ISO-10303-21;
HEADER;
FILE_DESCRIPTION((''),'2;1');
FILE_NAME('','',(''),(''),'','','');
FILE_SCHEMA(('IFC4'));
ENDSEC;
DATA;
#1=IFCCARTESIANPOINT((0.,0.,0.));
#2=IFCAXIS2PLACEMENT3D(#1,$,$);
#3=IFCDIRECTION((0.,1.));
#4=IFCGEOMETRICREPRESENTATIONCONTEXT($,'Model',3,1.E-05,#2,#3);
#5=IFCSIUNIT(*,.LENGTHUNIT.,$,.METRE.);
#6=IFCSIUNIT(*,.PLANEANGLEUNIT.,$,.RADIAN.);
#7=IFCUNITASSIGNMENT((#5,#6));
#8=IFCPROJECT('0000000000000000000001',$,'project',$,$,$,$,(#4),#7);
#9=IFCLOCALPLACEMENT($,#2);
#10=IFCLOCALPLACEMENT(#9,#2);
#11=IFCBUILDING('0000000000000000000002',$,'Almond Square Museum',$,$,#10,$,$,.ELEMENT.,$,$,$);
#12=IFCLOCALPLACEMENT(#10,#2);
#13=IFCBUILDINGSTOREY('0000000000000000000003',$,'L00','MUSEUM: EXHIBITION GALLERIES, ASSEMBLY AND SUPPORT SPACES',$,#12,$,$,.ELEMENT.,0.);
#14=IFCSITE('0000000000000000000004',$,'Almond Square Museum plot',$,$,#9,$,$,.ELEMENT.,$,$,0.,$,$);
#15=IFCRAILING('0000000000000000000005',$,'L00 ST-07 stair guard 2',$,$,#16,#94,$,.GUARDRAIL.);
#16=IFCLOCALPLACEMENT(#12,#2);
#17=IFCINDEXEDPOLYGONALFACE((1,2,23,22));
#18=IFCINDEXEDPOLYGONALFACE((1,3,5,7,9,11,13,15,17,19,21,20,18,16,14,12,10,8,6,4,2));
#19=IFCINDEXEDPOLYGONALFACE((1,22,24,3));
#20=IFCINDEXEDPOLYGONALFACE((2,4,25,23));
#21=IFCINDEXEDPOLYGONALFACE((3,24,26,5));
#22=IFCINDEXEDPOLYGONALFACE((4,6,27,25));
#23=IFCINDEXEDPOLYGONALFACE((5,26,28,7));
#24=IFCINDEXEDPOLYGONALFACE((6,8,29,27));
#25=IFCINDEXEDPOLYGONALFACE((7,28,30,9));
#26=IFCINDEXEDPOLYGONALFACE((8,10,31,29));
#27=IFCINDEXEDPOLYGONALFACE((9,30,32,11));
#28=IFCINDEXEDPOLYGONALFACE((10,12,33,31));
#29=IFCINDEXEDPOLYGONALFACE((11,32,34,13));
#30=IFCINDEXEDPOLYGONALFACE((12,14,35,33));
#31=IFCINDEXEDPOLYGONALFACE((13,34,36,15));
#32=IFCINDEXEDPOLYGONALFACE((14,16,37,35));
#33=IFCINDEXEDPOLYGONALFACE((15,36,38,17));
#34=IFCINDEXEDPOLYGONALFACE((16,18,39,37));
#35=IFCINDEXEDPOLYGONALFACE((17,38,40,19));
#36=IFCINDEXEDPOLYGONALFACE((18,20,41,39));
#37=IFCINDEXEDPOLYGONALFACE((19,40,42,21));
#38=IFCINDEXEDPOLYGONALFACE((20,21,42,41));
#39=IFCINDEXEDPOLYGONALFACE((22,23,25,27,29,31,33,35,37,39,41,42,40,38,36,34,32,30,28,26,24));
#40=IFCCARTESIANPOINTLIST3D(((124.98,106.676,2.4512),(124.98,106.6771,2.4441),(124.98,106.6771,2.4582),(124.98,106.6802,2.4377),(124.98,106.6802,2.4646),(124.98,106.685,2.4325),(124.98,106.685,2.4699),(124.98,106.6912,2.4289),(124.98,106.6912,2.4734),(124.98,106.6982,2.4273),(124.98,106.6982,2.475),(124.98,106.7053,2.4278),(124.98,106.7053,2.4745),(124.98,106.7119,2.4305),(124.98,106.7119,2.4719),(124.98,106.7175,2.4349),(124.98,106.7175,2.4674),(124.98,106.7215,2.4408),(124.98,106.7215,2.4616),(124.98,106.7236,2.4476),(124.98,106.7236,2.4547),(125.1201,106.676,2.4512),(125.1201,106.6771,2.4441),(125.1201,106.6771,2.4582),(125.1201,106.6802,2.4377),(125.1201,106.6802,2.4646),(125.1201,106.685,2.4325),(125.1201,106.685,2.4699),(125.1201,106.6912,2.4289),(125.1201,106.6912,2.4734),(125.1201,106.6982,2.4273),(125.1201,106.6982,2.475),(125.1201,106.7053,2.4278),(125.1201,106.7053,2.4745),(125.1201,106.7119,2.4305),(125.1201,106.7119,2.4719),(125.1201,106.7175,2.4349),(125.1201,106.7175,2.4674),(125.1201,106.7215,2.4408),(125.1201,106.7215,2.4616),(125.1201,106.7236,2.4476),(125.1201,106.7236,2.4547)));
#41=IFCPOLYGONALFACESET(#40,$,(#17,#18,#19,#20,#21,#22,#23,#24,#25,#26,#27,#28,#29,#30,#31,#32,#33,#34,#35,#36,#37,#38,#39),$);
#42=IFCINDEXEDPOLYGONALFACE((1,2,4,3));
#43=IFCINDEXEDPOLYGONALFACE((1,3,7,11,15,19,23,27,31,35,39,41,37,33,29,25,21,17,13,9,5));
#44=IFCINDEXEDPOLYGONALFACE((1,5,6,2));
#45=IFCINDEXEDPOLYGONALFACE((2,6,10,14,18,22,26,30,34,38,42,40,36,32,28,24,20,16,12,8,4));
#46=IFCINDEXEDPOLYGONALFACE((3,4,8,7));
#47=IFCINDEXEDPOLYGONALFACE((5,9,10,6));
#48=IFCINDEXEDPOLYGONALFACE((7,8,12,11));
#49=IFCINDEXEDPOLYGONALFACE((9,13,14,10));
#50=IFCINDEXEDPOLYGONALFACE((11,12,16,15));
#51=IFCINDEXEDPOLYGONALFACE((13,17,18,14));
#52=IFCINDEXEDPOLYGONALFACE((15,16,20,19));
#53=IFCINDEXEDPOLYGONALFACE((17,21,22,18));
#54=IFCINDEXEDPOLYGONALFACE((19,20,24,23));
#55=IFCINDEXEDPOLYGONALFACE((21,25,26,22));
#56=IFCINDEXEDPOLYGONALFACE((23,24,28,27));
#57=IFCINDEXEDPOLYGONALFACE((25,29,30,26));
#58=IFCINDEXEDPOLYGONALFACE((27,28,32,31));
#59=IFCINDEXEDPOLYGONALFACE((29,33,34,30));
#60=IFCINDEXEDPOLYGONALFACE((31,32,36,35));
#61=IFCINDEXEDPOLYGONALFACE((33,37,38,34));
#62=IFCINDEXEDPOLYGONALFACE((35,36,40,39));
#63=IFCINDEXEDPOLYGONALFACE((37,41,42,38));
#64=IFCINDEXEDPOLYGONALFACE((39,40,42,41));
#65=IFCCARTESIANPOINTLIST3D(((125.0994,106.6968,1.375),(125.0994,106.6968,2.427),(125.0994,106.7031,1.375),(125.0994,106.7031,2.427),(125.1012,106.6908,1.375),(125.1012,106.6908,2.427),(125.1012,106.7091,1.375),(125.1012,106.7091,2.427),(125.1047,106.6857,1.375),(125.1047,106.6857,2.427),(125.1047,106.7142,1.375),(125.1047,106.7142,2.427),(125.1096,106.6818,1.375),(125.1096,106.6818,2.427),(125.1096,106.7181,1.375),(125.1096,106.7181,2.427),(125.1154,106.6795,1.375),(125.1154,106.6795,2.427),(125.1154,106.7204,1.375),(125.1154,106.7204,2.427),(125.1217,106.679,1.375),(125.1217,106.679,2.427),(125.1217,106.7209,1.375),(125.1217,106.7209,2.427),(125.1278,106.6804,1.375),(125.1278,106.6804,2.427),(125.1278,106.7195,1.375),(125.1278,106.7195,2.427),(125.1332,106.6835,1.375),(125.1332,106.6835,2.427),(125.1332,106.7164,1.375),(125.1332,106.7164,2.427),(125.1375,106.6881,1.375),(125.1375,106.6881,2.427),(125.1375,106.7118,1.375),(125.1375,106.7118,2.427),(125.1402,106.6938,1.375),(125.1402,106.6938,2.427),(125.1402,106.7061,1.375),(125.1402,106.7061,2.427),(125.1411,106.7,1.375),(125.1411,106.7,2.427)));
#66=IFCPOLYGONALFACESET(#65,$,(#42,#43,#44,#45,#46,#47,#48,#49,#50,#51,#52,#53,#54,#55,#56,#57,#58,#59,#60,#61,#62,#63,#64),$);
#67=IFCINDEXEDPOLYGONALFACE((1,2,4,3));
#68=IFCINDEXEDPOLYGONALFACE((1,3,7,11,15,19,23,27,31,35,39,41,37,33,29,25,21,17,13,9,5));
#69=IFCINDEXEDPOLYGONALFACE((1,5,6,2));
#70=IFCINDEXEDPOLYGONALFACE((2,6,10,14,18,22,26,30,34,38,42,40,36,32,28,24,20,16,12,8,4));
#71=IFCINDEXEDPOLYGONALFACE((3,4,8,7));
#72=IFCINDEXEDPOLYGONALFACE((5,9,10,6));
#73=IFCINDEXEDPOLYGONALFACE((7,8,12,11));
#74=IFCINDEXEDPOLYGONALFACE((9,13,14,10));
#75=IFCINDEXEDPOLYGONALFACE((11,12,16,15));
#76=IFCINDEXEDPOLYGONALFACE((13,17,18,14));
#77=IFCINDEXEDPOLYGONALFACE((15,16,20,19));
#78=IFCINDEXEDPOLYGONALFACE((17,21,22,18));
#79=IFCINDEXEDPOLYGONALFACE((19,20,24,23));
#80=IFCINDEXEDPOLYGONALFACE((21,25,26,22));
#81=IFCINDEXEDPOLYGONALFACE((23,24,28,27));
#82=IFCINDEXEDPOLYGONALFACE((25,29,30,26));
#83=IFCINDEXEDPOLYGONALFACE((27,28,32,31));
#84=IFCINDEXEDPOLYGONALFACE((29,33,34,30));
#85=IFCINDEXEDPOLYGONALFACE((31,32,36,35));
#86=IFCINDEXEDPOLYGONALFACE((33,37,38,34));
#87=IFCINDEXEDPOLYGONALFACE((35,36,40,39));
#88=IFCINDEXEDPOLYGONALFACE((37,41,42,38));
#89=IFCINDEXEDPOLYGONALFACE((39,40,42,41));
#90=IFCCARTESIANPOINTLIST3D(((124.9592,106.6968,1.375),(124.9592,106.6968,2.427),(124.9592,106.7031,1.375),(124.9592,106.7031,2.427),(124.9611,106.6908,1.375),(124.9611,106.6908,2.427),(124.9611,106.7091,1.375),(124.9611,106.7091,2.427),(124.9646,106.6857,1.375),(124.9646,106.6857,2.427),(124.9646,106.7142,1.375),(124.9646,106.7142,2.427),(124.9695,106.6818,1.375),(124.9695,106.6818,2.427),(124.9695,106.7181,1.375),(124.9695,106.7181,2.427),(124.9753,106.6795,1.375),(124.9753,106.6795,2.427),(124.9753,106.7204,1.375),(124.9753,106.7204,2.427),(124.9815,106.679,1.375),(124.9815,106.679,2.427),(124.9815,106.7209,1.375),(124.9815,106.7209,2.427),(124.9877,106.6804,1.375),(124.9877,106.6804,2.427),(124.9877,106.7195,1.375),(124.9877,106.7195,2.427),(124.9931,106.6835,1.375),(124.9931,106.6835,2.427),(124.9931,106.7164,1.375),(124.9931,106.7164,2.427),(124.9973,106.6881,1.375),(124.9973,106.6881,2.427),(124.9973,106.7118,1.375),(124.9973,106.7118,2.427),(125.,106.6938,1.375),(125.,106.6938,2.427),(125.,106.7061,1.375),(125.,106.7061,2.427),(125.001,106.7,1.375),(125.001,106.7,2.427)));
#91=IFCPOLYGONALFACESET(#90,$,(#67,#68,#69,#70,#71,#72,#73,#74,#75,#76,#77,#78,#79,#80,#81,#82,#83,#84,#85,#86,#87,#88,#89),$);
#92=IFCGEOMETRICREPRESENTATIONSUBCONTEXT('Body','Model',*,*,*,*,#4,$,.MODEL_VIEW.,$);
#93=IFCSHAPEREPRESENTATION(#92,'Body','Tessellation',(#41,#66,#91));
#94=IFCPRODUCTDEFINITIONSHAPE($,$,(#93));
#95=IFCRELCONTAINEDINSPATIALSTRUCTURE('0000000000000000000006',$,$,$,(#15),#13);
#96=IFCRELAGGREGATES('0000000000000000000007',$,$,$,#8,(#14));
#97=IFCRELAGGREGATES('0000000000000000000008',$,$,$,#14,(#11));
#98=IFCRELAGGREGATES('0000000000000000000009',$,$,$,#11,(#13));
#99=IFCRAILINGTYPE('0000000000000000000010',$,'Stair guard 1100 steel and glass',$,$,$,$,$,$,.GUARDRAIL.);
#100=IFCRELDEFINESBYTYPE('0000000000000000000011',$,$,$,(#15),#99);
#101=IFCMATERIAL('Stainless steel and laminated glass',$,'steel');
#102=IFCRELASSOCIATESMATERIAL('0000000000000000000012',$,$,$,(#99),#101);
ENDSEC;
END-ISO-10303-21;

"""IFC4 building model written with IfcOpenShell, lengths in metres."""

from ifc_helpers import new_model, si_unit, direction, frame, origin, origin_2d, place, context, subcontext, project, spatial, circle, extrude, material, type_object, element, save


model = new_model("IFC4")

# Units and contexts
model_context = context("Model", 3, precision=1e-05, world=origin(), true_north=direction((0.0, 1.0)))
body_context = subcontext(model_context, "Body", "Model", "MODEL_VIEW")
ifc_project = project(units=[si_unit("LENGTHUNIT", "METRE"), si_unit("PLANEANGLEUNIT", "RADIAN")], contexts=[model_context])

# Site, building, storey
site_placement = place(None, origin())
site = spatial("IfcSite", under=ifc_project, at=site_placement, Name="Almond Square Museum plot", CompositionType="ELEMENT", RefElevation=0.0)
building_placement = place(site_placement, origin())
building = spatial("IfcBuilding", under=site, at=building_placement, Name="Almond Square Museum", CompositionType="ELEMENT")
storey_placement = place(building_placement, origin())
storey = spatial("IfcBuildingStorey", under=building, at=storey_placement, Name="L00", Description="MUSEUM: EXHIBITION GALLERIES, ASSEMBLY AND SUPPORT SPACES", CompositionType="ELEMENT", Elevation=0.0)

# Railing
ifc_material_1 = material(Name="Stainless steel and laminated glass", Category="steel")
railing_type_1 = type_object("IfcRailingType", Name="Stair guard 1100 steel and glass", PredefinedType="GUARDRAIL", material=ifc_material_1)
railing_1_placement = place(storey_placement, frame((125.1201, 106.7, 1.375)))
element("IfcRailing", 1, at=railing_1_placement, inside=storey, type_object=railing_type_1, Name="L00 ST-07 stair guard 2", PredefinedType="GUARDRAIL", context=body_context, shape_type="SweptSolid", body=[
    extrude(circle(Radius=0.0239, at=origin_2d()), frame((0.0, 0.0, 1.0762), z_axis=(-1.0, 0.0, 0.0), x_axis=(0.0, -1.0, 0.0)), (0.0, 0.0, 1.0), 0.1401),
    extrude(circle(Radius=0.021, at=origin_2d()), origin(), (0.0, 0.0, 1.0), 1.052),
    extrude(circle(Radius=0.021, at=origin_2d()), frame((-0.1401, 0.0, 0.0)), (0.0, 0.0, 1.0), 1.052),
])

save(model, "model.ifc")
